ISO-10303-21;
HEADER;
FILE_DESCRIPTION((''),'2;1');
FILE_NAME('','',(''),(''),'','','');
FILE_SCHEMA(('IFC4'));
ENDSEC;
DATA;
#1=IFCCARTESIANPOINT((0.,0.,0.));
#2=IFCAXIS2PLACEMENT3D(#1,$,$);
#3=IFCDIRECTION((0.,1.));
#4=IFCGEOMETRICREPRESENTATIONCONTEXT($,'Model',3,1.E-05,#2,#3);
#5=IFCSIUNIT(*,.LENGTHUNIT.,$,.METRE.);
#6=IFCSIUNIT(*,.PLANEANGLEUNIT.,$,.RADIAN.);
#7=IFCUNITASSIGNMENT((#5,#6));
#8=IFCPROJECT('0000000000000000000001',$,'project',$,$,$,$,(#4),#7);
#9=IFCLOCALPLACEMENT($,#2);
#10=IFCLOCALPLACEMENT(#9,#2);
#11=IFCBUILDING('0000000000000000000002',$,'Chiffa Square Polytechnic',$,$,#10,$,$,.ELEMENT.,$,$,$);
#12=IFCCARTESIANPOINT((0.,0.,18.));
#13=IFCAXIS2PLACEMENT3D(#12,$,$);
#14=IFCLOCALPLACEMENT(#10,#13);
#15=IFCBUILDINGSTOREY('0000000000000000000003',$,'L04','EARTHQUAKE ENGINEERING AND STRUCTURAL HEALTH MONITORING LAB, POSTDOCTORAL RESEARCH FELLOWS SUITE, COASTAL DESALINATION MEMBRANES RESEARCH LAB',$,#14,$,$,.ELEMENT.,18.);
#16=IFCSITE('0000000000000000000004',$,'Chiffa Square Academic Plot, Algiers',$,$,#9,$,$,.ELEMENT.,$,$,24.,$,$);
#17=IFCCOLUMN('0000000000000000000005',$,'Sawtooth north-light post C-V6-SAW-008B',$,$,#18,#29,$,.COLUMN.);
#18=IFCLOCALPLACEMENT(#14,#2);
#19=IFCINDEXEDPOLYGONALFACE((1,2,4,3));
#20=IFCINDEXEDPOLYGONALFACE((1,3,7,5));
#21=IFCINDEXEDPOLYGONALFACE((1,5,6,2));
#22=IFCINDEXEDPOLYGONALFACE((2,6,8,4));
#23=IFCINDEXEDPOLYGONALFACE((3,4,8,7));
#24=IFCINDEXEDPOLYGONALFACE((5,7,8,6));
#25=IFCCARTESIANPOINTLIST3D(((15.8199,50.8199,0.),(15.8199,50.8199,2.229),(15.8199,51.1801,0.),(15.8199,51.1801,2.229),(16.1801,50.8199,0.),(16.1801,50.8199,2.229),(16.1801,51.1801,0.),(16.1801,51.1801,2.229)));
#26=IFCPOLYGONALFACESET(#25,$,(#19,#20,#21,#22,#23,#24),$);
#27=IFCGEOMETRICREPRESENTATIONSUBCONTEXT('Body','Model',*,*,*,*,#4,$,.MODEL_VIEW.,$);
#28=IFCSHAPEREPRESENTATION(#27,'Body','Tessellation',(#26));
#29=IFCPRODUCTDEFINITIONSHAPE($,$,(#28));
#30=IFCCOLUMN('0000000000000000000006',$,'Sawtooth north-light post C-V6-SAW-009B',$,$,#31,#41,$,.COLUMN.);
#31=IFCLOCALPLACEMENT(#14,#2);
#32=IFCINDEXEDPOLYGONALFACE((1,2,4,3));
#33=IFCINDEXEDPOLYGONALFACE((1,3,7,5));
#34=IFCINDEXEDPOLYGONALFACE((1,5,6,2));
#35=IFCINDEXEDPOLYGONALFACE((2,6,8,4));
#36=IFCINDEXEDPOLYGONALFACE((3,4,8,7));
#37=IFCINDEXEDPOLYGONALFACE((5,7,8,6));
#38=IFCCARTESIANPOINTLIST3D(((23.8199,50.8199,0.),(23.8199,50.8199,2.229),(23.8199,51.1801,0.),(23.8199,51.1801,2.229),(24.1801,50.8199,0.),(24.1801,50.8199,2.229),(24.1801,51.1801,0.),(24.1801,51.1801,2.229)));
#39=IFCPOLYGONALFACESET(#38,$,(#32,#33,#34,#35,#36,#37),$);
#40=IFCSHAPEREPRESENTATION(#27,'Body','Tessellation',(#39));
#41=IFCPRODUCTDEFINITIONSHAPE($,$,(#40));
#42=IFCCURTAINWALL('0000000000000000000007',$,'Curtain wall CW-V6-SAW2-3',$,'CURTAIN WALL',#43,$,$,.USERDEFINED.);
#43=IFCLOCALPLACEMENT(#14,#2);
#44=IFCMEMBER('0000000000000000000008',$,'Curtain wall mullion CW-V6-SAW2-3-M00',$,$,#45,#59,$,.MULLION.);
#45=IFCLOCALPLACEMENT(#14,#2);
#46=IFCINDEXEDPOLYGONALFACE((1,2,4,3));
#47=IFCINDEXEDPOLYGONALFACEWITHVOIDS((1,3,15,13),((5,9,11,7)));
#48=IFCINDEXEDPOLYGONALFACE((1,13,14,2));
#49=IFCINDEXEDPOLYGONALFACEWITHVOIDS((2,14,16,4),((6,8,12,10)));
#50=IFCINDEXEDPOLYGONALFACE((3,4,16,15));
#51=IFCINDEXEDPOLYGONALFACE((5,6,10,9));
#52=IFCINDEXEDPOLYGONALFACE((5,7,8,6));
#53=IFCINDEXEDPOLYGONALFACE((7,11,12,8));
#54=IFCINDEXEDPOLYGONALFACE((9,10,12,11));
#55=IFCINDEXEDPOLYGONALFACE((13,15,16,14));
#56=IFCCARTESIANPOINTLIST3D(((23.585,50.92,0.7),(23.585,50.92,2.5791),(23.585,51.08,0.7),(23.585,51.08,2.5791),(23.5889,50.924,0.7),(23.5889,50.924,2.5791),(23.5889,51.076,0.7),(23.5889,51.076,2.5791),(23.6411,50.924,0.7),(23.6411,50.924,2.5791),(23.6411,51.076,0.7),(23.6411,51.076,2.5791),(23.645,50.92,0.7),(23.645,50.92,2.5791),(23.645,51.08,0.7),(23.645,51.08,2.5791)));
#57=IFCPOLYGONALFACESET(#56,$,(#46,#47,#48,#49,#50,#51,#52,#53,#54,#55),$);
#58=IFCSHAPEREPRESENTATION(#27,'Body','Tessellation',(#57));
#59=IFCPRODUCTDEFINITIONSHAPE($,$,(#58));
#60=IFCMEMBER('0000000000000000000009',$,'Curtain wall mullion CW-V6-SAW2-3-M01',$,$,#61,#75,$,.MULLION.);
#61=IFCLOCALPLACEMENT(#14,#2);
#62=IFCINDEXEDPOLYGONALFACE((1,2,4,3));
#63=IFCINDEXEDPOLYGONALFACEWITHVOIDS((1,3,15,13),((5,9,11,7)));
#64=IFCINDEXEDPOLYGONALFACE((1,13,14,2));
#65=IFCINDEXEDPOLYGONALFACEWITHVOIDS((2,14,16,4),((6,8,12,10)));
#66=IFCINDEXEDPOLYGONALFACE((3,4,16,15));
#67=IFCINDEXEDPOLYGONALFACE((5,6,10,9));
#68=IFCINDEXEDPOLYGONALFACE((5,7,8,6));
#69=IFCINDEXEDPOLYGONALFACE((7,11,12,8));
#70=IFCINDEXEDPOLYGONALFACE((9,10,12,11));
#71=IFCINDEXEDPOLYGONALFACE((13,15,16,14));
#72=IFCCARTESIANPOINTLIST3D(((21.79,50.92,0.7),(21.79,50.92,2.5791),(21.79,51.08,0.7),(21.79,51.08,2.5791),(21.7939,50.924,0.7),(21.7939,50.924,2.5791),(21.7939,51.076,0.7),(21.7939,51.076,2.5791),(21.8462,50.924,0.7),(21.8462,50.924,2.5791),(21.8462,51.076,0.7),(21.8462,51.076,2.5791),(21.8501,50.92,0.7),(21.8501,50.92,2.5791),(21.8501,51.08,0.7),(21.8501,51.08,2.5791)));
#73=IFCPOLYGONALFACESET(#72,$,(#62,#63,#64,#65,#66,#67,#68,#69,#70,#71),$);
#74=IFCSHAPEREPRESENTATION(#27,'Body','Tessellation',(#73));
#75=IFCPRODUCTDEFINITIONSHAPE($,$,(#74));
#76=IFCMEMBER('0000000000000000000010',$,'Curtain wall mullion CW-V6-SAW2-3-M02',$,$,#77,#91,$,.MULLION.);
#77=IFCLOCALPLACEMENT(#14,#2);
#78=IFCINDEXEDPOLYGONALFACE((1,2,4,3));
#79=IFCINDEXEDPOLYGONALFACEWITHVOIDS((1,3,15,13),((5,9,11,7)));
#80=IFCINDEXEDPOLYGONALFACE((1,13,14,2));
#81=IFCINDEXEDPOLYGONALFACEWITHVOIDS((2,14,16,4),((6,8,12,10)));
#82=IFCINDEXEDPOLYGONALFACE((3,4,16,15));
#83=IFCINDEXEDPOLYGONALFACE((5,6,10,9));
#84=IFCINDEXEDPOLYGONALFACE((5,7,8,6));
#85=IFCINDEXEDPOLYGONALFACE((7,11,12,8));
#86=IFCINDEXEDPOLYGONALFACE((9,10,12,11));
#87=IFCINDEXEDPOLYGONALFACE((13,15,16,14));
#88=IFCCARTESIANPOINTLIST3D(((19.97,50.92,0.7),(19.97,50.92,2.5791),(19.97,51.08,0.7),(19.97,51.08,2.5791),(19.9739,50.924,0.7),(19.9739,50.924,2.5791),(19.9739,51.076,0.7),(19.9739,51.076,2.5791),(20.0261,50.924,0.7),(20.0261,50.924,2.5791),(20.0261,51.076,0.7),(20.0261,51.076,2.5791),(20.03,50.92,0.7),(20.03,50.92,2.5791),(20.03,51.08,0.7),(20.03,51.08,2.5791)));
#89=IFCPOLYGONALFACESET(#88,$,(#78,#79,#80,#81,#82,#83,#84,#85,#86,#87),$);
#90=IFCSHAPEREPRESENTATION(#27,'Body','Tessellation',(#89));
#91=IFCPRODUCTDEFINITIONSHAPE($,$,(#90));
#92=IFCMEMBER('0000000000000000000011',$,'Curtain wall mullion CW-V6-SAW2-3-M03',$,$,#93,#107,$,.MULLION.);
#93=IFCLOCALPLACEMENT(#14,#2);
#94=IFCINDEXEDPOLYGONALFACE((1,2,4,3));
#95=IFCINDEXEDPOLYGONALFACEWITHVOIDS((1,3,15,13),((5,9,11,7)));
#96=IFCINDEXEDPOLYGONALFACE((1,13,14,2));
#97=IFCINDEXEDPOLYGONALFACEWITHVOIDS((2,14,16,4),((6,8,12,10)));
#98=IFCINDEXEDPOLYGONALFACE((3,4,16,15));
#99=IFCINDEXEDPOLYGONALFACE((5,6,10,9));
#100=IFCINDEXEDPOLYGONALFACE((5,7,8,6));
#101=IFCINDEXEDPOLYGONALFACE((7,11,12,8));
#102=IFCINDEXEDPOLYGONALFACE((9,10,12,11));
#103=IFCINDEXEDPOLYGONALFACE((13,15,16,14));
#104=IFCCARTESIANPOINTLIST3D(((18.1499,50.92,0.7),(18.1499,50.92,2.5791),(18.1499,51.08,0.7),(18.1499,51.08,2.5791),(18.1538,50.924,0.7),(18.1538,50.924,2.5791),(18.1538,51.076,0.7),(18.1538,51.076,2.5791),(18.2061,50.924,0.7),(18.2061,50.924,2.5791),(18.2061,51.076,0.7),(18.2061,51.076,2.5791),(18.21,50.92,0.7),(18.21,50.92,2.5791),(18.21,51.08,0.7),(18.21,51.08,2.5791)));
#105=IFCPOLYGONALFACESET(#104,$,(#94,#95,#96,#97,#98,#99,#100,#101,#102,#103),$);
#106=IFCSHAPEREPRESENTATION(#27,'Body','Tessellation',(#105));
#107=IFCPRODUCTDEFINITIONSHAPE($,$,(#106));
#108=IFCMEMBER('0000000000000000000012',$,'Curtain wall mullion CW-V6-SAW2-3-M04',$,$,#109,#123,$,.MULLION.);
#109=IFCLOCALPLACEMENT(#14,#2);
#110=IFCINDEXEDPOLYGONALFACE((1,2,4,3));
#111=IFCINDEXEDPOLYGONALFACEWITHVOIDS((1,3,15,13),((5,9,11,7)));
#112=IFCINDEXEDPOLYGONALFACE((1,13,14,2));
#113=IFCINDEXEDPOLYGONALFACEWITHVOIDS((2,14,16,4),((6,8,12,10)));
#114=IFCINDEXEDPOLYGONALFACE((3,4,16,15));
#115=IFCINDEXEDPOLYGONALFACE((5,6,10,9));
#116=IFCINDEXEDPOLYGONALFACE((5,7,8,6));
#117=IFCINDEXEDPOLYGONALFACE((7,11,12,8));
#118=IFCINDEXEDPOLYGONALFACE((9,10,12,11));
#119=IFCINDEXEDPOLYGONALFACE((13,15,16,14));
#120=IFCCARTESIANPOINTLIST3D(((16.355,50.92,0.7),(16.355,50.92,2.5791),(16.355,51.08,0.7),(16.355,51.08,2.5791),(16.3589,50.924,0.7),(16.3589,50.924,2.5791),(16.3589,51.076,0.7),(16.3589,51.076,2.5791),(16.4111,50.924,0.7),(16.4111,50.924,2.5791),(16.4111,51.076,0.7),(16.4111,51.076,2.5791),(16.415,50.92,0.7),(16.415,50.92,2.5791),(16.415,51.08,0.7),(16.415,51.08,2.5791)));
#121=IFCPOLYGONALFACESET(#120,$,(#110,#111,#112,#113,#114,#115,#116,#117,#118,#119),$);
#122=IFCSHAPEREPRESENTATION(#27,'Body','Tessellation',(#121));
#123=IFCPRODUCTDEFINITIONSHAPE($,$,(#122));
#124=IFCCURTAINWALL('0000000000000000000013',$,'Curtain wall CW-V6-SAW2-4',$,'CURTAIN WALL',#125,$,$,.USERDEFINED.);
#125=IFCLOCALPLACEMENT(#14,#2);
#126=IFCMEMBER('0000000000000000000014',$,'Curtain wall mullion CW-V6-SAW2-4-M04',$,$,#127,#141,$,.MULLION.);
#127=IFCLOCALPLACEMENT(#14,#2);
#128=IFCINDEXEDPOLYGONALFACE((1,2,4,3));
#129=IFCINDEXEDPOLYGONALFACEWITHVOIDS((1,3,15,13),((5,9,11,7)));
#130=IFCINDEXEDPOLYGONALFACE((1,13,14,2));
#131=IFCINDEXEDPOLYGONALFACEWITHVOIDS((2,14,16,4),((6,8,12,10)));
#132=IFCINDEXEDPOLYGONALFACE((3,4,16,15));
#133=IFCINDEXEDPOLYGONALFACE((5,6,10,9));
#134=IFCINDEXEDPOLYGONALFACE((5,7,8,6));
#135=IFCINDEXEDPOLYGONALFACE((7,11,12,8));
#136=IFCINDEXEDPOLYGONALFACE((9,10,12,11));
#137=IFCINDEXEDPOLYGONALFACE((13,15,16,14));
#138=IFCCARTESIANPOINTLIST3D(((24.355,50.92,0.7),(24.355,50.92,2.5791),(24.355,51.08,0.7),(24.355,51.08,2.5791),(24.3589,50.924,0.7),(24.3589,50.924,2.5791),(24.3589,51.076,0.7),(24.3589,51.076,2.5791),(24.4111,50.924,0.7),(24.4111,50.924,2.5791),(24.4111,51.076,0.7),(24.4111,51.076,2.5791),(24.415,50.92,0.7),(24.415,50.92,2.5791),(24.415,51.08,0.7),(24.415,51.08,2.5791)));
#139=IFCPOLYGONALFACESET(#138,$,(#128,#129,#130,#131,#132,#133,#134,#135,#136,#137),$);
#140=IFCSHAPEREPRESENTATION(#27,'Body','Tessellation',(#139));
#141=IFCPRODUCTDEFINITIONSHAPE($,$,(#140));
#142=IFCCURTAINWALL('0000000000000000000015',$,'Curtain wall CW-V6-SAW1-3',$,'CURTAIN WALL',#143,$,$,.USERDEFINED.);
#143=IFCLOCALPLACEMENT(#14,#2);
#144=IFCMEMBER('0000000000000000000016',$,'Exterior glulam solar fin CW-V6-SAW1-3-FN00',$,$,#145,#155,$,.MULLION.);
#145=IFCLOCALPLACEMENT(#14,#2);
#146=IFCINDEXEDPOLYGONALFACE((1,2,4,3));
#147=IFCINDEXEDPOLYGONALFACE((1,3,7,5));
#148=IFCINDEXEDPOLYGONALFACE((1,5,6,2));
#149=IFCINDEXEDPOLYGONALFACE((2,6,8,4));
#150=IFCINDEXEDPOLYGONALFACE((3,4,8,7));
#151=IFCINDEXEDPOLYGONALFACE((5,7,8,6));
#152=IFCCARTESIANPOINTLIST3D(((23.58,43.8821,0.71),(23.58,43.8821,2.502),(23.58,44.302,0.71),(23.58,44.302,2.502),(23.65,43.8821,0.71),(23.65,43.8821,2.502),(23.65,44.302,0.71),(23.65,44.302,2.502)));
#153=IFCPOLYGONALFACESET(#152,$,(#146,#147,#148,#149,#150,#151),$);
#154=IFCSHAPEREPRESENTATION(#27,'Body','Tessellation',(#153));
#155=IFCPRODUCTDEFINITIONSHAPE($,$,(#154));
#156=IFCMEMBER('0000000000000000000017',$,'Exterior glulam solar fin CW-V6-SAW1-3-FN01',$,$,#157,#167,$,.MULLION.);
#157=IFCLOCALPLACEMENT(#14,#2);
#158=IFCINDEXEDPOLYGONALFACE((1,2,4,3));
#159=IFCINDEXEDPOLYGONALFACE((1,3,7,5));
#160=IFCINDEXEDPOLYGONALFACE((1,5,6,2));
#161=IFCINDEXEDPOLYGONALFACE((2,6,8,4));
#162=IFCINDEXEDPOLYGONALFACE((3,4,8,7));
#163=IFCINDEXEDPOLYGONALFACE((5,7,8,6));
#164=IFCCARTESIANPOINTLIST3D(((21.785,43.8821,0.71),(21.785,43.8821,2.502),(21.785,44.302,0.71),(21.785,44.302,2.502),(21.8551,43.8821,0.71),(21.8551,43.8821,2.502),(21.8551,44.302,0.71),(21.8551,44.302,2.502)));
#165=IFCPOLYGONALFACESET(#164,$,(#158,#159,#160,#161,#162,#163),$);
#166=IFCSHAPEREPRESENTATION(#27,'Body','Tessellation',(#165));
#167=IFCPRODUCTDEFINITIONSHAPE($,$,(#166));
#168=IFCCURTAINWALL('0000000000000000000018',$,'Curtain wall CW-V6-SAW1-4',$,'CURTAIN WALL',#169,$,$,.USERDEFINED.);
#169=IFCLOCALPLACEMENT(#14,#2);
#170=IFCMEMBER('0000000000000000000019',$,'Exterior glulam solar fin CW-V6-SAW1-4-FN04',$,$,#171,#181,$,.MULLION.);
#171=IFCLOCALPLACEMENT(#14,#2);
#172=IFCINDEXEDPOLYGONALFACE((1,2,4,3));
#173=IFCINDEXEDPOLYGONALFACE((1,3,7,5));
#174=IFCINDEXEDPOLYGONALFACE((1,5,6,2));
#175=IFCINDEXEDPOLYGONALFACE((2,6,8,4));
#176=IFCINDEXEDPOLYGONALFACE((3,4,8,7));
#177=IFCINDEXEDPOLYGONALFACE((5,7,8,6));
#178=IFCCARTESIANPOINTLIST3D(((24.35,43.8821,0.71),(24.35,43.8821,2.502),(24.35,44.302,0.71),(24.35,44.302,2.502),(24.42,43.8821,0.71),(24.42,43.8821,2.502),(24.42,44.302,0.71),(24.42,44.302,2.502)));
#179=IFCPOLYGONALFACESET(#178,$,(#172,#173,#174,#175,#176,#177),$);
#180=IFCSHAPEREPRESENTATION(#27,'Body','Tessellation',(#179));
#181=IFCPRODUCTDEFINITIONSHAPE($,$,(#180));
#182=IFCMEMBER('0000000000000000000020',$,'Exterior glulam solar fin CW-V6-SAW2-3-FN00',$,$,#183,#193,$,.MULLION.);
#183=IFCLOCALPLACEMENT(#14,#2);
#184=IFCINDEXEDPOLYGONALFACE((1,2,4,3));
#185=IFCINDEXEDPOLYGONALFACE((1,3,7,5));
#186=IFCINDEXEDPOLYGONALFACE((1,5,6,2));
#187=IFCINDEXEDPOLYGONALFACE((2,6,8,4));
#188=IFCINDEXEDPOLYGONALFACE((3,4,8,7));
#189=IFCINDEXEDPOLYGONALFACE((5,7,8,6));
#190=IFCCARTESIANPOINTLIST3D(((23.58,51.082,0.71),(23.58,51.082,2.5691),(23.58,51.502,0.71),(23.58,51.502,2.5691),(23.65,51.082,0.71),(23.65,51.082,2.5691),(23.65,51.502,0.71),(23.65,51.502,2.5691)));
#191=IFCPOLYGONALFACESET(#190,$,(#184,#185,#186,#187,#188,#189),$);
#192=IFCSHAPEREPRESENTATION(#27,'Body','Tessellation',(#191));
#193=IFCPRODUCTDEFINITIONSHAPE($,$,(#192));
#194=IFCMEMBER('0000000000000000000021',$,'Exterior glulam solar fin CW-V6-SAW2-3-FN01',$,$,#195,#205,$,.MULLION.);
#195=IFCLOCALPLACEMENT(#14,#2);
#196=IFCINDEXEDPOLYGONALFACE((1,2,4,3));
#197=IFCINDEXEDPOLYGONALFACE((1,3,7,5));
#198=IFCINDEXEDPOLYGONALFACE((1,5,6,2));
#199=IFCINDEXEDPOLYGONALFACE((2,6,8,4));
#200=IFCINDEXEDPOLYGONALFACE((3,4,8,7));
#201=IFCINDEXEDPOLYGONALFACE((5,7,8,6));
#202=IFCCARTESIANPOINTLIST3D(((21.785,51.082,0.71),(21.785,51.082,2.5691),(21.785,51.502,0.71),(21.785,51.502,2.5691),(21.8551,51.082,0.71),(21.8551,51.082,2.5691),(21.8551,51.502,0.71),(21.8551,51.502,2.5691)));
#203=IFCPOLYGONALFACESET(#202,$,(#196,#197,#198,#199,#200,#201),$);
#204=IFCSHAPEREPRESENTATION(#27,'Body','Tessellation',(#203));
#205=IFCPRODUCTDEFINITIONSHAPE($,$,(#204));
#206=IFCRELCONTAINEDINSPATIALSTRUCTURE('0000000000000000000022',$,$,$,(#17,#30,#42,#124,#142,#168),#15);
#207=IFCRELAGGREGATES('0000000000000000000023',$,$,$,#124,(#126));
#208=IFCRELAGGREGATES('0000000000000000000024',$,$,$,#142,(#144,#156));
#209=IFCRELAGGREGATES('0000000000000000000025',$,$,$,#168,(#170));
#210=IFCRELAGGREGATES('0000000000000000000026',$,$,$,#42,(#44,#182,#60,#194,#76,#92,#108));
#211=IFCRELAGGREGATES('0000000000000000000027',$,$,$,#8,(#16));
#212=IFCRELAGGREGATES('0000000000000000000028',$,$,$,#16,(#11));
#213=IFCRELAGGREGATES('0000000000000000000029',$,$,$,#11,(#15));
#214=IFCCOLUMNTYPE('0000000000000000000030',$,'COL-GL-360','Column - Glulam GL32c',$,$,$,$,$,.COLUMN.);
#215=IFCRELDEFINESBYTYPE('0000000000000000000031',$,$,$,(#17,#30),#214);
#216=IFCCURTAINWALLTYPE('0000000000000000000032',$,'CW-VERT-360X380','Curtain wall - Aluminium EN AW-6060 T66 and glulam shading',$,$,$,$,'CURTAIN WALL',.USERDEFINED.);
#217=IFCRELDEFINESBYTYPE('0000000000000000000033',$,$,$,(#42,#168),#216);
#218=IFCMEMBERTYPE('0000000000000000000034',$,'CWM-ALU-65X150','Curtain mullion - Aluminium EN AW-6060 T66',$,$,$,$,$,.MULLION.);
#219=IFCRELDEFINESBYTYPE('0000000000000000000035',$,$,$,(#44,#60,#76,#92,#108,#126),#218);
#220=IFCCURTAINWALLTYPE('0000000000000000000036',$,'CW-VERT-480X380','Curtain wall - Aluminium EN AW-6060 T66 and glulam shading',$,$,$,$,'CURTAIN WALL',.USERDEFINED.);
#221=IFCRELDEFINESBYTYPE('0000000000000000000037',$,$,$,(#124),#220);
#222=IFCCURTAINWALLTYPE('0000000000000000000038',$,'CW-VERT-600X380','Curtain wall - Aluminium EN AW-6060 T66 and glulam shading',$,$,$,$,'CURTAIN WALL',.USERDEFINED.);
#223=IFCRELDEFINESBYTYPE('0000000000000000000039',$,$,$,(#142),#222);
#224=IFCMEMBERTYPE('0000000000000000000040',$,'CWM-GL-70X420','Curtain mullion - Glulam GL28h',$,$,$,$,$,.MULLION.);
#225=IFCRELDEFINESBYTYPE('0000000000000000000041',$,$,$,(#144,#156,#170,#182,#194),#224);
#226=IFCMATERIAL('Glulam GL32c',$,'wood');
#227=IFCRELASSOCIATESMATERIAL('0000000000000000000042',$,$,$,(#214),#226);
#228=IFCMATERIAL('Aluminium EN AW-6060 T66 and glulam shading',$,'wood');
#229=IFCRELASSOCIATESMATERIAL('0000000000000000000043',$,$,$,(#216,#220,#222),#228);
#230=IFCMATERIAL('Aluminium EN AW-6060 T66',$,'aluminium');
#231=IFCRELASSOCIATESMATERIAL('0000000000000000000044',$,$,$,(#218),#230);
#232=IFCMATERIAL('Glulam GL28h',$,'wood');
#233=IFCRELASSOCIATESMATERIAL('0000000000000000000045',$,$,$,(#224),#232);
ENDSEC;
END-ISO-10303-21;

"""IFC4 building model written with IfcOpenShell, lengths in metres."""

from ifc_helpers import new_model, si_unit, direction, frame, origin, origin_2d, place, context, subcontext, project, spatial, rectangle, hollow_rectangle, extrude, material, material_profile, profile_set, type_object, element, aggregate, save


model = new_model("IFC4")

# Units and contexts
model_context = context("Model", 3, precision=1e-05, world=origin(), true_north=direction((0.0, 1.0)))
body_context = subcontext(model_context, "Body", "Model", "MODEL_VIEW")
ifc_project = project(units=[si_unit("LENGTHUNIT", "METRE"), si_unit("PLANEANGLEUNIT", "RADIAN")], contexts=[model_context])

# Site, building, storey
site_placement = place(None, origin())
site = spatial("IfcSite", under=ifc_project, at=site_placement, Name="Chiffa Square Academic Plot, Algiers", CompositionType="ELEMENT", RefElevation=24.0)
building_placement = place(site_placement, origin())
building = spatial("IfcBuilding", under=site, at=building_placement, Name="Chiffa Square Polytechnic", CompositionType="ELEMENT")
storey_placement = place(building_placement, frame((0.0, 0.0, 18.0)))
storey = spatial("IfcBuildingStorey", under=building, at=storey_placement, Name="L04", Description="EARTHQUAKE ENGINEERING AND STRUCTURAL HEALTH MONITORING LAB, POSTDOCTORAL RESEARCH FELLOWS SUITE, COASTAL DESALINATION MEMBRANES RESEARCH LAB", CompositionType="ELEMENT", Elevation=18.0)

# Columns
ifc_material_1 = material(Name="Glulam GL32c", Category="wood")
ifc_material_profile_1 = material_profile(ifc_material_1, rectangle(XDim=0.3601, YDim=0.3601, at=origin_2d()), Name="GL32c 360x360")
ifc_profile_set_1 = profile_set([ifc_material_profile_1], Name="Glulam GL32c")
column_type = type_object("IfcColumnType", Name="COL-GL-360", Description="Column - Glulam GL32c", PredefinedType="COLUMN", material=ifc_profile_set_1)
for number, where, z_axis, x_axis, name in (
    (1, (16.0, 51.0, 0.0), (0.0, 0.0, 1.0), (1.0, 0.0, 0.0), "Sawtooth north-light post C-V6-SAW-008B"),
    (2, (24.0, 51.0, 0.0), (0.0, 0.0, 1.0), (1.0, 0.0, 0.0), "Sawtooth north-light post C-V6-SAW-009B"),
):
    element("IfcColumn", number, at=place(storey_placement, frame(where, z_axis=z_axis, x_axis=x_axis)), inside=storey, type_object=column_type, Name=name, PredefinedType="COLUMN", context=body_context, shape_type="SweptSolid", body=[
        extrude(rectangle(XDim=0.3601, YDim=0.3601, at=origin_2d()), origin(), (0.0, 0.0, 1.0), 2.229),
    ])

# Curtain wall, members
ifc_material_2 = material(Name="Aluminium EN AW-6060 T66 and glulam shading", Category="wood")
curtain_wall_type_1 = type_object("IfcCurtainWallType", Name="CW-VERT-360X380", Description="Curtain wall - Aluminium EN AW-6060 T66 and glulam shading", ElementType="CURTAIN WALL", PredefinedType="USERDEFINED", material=ifc_material_2)
curtain_wall_1_placement = place(storey_placement, origin())
curtain_wall_1 = element("IfcCurtainWall", 3, at=curtain_wall_1_placement, inside=storey, type_object=curtain_wall_type_1, Name="Curtain wall CW-V6-SAW2-3", ObjectType="CURTAIN WALL", PredefinedType="USERDEFINED")
ifc_material_3 = material(Name="Aluminium EN AW-6060 T66", Category="aluminium")
ifc_material_profile_2 = material_profile(ifc_material_3, hollow_rectangle(XDim=0.0601, YDim=0.1599, WallThickness=0.0039, at=origin_2d()), Name="ALU 60x160x4")
ifc_profile_set_2 = profile_set([ifc_material_profile_2], Name="Aluminium EN AW-6060 T66")
member_type_1 = type_object("IfcMemberType", Name="CWM-ALU-65X150", Description="Curtain mullion - Aluminium EN AW-6060 T66", PredefinedType="MULLION", material=ifc_profile_set_2)
member_1_placement = place(storey_placement, frame((23.615, 51.0, 0.7), z_axis=(0.0, 0.0, 1.0), x_axis=(1.0, 0.0, 0.0)))
member_1 = element("IfcMember", 4, at=member_1_placement, type_object=member_type_1, Name="Curtain wall mullion CW-V6-SAW2-3-M00", PredefinedType="MULLION", context=body_context, shape_type="SweptSolid", body=[
    extrude(hollow_rectangle(XDim=0.0601, YDim=0.1599, WallThickness=0.0039, at=origin_2d()), origin(), (0.0, 0.0, 1.0), 1.8792),
])
member_2_placement = place(storey_placement, frame((21.8201, 51.0, 0.7), z_axis=(0.0, 0.0, 1.0), x_axis=(1.0, 0.0, 0.0)))
member_2 = element("IfcMember", 5, at=member_2_placement, type_object=member_type_1, Name="Curtain wall mullion CW-V6-SAW2-3-M01", PredefinedType="MULLION", context=body_context, shape_type="SweptSolid", body=[
    extrude(hollow_rectangle(XDim=0.0601, YDim=0.1599, WallThickness=0.0039, at=origin_2d()), origin(), (0.0, 0.0, 1.0), 1.8792),
])
member_3_placement = place(storey_placement, frame((20.0, 51.0, 0.7), z_axis=(0.0, 0.0, 1.0), x_axis=(1.0, 0.0, 0.0)))
member_3 = element("IfcMember", 6, at=member_3_placement, type_object=member_type_1, Name="Curtain wall mullion CW-V6-SAW2-3-M02", PredefinedType="MULLION", context=body_context, shape_type="SweptSolid", body=[
    extrude(hollow_rectangle(XDim=0.0601, YDim=0.1599, WallThickness=0.0039, at=origin_2d()), origin(), (0.0, 0.0, 1.0), 1.8792),
])
member_4_placement = place(storey_placement, frame((18.1799, 51.0, 0.7), z_axis=(0.0, 0.0, 1.0), x_axis=(1.0, 0.0, 0.0)))
member_4 = element("IfcMember", 7, at=member_4_placement, type_object=member_type_1, Name="Curtain wall mullion CW-V6-SAW2-3-M03", PredefinedType="MULLION", context=body_context, shape_type="SweptSolid", body=[
    extrude(hollow_rectangle(XDim=0.0601, YDim=0.1599, WallThickness=0.0039, at=origin_2d()), origin(), (0.0, 0.0, 1.0), 1.8792),
])
member_5_placement = place(storey_placement, frame((16.385, 51.0, 0.7), z_axis=(0.0, 0.0, 1.0), x_axis=(1.0, 0.0, 0.0)))
member_5 = element("IfcMember", 8, at=member_5_placement, type_object=member_type_1, Name="Curtain wall mullion CW-V6-SAW2-3-M04", PredefinedType="MULLION", context=body_context, shape_type="SweptSolid", body=[
    extrude(hollow_rectangle(XDim=0.0601, YDim=0.1599, WallThickness=0.0039, at=origin_2d()), origin(), (0.0, 0.0, 1.0), 1.8792),
])

# Curtain wall, member
curtain_wall_type_2 = type_object("IfcCurtainWallType", Name="CW-VERT-480X380", Description="Curtain wall - Aluminium EN AW-6060 T66 and glulam shading", ElementType="CURTAIN WALL", PredefinedType="USERDEFINED", material=ifc_material_2)
curtain_wall_2_placement = place(storey_placement, origin())
curtain_wall_2 = element("IfcCurtainWall", 9, at=curtain_wall_2_placement, inside=storey, type_object=curtain_wall_type_2, Name="Curtain wall CW-V6-SAW2-4", ObjectType="CURTAIN WALL", PredefinedType="USERDEFINED")
member_6_placement = place(storey_placement, frame((24.385, 51.0, 0.7), z_axis=(0.0, 0.0, 1.0), x_axis=(1.0, 0.0, 0.0)))
member_6 = element("IfcMember", 10, at=member_6_placement, type_object=member_type_1, Name="Curtain wall mullion CW-V6-SAW2-4-M04", PredefinedType="MULLION", context=body_context, shape_type="SweptSolid", body=[
    extrude(hollow_rectangle(XDim=0.0601, YDim=0.1599, WallThickness=0.0039, at=origin_2d()), origin(), (0.0, 0.0, 1.0), 1.8792),
])
aggregate(curtain_wall_2, [member_6])

# Curtain wall, members
curtain_wall_type_3 = type_object("IfcCurtainWallType", Name="CW-VERT-600X380", Description="Curtain wall - Aluminium EN AW-6060 T66 and glulam shading", ElementType="CURTAIN WALL", PredefinedType="USERDEFINED", material=ifc_material_2)
curtain_wall_3_placement = place(storey_placement, origin())
curtain_wall_3 = element("IfcCurtainWall", 11, at=curtain_wall_3_placement, inside=storey, type_object=curtain_wall_type_3, Name="Curtain wall CW-V6-SAW1-3", ObjectType="CURTAIN WALL", PredefinedType="USERDEFINED")
ifc_material_4 = material(Name="Glulam GL28h", Category="wood")
ifc_material_profile_3 = material_profile(ifc_material_4, rectangle(XDim=0.0701, YDim=0.4199, at=origin_2d()), Name="GL28h 70x420")
ifc_profile_set_3 = profile_set([ifc_material_profile_3], Name="Glulam GL28h")
member_type_2 = type_object("IfcMemberType", Name="CWM-GL-70X420", Description="Curtain mullion - Glulam GL28h", PredefinedType="MULLION", material=ifc_profile_set_3)
member_7_placement = place(storey_placement, frame((23.615, 44.092, 0.71), z_axis=(0.0, 0.0, 1.0), x_axis=(-1.0, 0.0, 0.0)))
member_7 = element("IfcMember", 12, at=member_7_placement, type_object=member_type_2, Name="Exterior glulam solar fin CW-V6-SAW1-3-FN00", PredefinedType="MULLION", context=body_context, shape_type="SweptSolid", body=[
    extrude(rectangle(XDim=0.0701, YDim=0.4199, at=origin_2d()), origin(), (0.0, 0.0, 1.0), 1.792),
])
member_8_placement = place(storey_placement, frame((21.8201, 44.092, 0.71), z_axis=(0.0, 0.0, 1.0), x_axis=(-1.0, 0.0, 0.0)))
member_8 = element("IfcMember", 13, at=member_8_placement, type_object=member_type_2, Name="Exterior glulam solar fin CW-V6-SAW1-3-FN01", PredefinedType="MULLION", context=body_context, shape_type="SweptSolid", body=[
    extrude(rectangle(XDim=0.0701, YDim=0.4199, at=origin_2d()), origin(), (0.0, 0.0, 1.0), 1.792),
])
aggregate(curtain_wall_3, [member_7, member_8])

# Curtain wall, member
curtain_wall_4_placement = place(storey_placement, origin())
curtain_wall_4 = element("IfcCurtainWall", 14, at=curtain_wall_4_placement, inside=storey, type_object=curtain_wall_type_1, Name="Curtain wall CW-V6-SAW1-4", ObjectType="CURTAIN WALL", PredefinedType="USERDEFINED")
member_9_placement = place(storey_placement, frame((24.385, 44.092, 0.71), z_axis=(0.0, 0.0, 1.0), x_axis=(-1.0, 0.0, 0.0)))
member_9 = element("IfcMember", 15, at=member_9_placement, type_object=member_type_2, Name="Exterior glulam solar fin CW-V6-SAW1-4-FN04", PredefinedType="MULLION", context=body_context, shape_type="SweptSolid", body=[
    extrude(rectangle(XDim=0.0701, YDim=0.4199, at=origin_2d()), origin(), (0.0, 0.0, 1.0), 1.792),
])
aggregate(curtain_wall_4, [member_9])

# Members
member_10_placement = place(storey_placement, frame((23.615, 51.292, 0.71), z_axis=(0.0, 0.0, 1.0), x_axis=(-1.0, 0.0, 0.0)))
member_10 = element("IfcMember", 16, at=member_10_placement, type_object=member_type_2, Name="Exterior glulam solar fin CW-V6-SAW2-3-FN00", PredefinedType="MULLION", context=body_context, shape_type="SweptSolid", body=[
    extrude(rectangle(XDim=0.0701, YDim=0.4199, at=origin_2d()), origin(), (0.0, 0.0, 1.0), 1.8591),
])
member_11_placement = place(storey_placement, frame((21.8201, 51.292, 0.71), z_axis=(0.0, 0.0, 1.0), x_axis=(-1.0, 0.0, 0.0)))
member_11 = element("IfcMember", 17, at=member_11_placement, type_object=member_type_2, Name="Exterior glulam solar fin CW-V6-SAW2-3-FN01", PredefinedType="MULLION", context=body_context, shape_type="SweptSolid", body=[
    extrude(rectangle(XDim=0.0701, YDim=0.4199, at=origin_2d()), origin(), (0.0, 0.0, 1.0), 1.8591),
])

aggregate(curtain_wall_1, [member_1, member_10, member_2, member_11, member_3, member_4, member_5])

save(model, "model.ifc")
